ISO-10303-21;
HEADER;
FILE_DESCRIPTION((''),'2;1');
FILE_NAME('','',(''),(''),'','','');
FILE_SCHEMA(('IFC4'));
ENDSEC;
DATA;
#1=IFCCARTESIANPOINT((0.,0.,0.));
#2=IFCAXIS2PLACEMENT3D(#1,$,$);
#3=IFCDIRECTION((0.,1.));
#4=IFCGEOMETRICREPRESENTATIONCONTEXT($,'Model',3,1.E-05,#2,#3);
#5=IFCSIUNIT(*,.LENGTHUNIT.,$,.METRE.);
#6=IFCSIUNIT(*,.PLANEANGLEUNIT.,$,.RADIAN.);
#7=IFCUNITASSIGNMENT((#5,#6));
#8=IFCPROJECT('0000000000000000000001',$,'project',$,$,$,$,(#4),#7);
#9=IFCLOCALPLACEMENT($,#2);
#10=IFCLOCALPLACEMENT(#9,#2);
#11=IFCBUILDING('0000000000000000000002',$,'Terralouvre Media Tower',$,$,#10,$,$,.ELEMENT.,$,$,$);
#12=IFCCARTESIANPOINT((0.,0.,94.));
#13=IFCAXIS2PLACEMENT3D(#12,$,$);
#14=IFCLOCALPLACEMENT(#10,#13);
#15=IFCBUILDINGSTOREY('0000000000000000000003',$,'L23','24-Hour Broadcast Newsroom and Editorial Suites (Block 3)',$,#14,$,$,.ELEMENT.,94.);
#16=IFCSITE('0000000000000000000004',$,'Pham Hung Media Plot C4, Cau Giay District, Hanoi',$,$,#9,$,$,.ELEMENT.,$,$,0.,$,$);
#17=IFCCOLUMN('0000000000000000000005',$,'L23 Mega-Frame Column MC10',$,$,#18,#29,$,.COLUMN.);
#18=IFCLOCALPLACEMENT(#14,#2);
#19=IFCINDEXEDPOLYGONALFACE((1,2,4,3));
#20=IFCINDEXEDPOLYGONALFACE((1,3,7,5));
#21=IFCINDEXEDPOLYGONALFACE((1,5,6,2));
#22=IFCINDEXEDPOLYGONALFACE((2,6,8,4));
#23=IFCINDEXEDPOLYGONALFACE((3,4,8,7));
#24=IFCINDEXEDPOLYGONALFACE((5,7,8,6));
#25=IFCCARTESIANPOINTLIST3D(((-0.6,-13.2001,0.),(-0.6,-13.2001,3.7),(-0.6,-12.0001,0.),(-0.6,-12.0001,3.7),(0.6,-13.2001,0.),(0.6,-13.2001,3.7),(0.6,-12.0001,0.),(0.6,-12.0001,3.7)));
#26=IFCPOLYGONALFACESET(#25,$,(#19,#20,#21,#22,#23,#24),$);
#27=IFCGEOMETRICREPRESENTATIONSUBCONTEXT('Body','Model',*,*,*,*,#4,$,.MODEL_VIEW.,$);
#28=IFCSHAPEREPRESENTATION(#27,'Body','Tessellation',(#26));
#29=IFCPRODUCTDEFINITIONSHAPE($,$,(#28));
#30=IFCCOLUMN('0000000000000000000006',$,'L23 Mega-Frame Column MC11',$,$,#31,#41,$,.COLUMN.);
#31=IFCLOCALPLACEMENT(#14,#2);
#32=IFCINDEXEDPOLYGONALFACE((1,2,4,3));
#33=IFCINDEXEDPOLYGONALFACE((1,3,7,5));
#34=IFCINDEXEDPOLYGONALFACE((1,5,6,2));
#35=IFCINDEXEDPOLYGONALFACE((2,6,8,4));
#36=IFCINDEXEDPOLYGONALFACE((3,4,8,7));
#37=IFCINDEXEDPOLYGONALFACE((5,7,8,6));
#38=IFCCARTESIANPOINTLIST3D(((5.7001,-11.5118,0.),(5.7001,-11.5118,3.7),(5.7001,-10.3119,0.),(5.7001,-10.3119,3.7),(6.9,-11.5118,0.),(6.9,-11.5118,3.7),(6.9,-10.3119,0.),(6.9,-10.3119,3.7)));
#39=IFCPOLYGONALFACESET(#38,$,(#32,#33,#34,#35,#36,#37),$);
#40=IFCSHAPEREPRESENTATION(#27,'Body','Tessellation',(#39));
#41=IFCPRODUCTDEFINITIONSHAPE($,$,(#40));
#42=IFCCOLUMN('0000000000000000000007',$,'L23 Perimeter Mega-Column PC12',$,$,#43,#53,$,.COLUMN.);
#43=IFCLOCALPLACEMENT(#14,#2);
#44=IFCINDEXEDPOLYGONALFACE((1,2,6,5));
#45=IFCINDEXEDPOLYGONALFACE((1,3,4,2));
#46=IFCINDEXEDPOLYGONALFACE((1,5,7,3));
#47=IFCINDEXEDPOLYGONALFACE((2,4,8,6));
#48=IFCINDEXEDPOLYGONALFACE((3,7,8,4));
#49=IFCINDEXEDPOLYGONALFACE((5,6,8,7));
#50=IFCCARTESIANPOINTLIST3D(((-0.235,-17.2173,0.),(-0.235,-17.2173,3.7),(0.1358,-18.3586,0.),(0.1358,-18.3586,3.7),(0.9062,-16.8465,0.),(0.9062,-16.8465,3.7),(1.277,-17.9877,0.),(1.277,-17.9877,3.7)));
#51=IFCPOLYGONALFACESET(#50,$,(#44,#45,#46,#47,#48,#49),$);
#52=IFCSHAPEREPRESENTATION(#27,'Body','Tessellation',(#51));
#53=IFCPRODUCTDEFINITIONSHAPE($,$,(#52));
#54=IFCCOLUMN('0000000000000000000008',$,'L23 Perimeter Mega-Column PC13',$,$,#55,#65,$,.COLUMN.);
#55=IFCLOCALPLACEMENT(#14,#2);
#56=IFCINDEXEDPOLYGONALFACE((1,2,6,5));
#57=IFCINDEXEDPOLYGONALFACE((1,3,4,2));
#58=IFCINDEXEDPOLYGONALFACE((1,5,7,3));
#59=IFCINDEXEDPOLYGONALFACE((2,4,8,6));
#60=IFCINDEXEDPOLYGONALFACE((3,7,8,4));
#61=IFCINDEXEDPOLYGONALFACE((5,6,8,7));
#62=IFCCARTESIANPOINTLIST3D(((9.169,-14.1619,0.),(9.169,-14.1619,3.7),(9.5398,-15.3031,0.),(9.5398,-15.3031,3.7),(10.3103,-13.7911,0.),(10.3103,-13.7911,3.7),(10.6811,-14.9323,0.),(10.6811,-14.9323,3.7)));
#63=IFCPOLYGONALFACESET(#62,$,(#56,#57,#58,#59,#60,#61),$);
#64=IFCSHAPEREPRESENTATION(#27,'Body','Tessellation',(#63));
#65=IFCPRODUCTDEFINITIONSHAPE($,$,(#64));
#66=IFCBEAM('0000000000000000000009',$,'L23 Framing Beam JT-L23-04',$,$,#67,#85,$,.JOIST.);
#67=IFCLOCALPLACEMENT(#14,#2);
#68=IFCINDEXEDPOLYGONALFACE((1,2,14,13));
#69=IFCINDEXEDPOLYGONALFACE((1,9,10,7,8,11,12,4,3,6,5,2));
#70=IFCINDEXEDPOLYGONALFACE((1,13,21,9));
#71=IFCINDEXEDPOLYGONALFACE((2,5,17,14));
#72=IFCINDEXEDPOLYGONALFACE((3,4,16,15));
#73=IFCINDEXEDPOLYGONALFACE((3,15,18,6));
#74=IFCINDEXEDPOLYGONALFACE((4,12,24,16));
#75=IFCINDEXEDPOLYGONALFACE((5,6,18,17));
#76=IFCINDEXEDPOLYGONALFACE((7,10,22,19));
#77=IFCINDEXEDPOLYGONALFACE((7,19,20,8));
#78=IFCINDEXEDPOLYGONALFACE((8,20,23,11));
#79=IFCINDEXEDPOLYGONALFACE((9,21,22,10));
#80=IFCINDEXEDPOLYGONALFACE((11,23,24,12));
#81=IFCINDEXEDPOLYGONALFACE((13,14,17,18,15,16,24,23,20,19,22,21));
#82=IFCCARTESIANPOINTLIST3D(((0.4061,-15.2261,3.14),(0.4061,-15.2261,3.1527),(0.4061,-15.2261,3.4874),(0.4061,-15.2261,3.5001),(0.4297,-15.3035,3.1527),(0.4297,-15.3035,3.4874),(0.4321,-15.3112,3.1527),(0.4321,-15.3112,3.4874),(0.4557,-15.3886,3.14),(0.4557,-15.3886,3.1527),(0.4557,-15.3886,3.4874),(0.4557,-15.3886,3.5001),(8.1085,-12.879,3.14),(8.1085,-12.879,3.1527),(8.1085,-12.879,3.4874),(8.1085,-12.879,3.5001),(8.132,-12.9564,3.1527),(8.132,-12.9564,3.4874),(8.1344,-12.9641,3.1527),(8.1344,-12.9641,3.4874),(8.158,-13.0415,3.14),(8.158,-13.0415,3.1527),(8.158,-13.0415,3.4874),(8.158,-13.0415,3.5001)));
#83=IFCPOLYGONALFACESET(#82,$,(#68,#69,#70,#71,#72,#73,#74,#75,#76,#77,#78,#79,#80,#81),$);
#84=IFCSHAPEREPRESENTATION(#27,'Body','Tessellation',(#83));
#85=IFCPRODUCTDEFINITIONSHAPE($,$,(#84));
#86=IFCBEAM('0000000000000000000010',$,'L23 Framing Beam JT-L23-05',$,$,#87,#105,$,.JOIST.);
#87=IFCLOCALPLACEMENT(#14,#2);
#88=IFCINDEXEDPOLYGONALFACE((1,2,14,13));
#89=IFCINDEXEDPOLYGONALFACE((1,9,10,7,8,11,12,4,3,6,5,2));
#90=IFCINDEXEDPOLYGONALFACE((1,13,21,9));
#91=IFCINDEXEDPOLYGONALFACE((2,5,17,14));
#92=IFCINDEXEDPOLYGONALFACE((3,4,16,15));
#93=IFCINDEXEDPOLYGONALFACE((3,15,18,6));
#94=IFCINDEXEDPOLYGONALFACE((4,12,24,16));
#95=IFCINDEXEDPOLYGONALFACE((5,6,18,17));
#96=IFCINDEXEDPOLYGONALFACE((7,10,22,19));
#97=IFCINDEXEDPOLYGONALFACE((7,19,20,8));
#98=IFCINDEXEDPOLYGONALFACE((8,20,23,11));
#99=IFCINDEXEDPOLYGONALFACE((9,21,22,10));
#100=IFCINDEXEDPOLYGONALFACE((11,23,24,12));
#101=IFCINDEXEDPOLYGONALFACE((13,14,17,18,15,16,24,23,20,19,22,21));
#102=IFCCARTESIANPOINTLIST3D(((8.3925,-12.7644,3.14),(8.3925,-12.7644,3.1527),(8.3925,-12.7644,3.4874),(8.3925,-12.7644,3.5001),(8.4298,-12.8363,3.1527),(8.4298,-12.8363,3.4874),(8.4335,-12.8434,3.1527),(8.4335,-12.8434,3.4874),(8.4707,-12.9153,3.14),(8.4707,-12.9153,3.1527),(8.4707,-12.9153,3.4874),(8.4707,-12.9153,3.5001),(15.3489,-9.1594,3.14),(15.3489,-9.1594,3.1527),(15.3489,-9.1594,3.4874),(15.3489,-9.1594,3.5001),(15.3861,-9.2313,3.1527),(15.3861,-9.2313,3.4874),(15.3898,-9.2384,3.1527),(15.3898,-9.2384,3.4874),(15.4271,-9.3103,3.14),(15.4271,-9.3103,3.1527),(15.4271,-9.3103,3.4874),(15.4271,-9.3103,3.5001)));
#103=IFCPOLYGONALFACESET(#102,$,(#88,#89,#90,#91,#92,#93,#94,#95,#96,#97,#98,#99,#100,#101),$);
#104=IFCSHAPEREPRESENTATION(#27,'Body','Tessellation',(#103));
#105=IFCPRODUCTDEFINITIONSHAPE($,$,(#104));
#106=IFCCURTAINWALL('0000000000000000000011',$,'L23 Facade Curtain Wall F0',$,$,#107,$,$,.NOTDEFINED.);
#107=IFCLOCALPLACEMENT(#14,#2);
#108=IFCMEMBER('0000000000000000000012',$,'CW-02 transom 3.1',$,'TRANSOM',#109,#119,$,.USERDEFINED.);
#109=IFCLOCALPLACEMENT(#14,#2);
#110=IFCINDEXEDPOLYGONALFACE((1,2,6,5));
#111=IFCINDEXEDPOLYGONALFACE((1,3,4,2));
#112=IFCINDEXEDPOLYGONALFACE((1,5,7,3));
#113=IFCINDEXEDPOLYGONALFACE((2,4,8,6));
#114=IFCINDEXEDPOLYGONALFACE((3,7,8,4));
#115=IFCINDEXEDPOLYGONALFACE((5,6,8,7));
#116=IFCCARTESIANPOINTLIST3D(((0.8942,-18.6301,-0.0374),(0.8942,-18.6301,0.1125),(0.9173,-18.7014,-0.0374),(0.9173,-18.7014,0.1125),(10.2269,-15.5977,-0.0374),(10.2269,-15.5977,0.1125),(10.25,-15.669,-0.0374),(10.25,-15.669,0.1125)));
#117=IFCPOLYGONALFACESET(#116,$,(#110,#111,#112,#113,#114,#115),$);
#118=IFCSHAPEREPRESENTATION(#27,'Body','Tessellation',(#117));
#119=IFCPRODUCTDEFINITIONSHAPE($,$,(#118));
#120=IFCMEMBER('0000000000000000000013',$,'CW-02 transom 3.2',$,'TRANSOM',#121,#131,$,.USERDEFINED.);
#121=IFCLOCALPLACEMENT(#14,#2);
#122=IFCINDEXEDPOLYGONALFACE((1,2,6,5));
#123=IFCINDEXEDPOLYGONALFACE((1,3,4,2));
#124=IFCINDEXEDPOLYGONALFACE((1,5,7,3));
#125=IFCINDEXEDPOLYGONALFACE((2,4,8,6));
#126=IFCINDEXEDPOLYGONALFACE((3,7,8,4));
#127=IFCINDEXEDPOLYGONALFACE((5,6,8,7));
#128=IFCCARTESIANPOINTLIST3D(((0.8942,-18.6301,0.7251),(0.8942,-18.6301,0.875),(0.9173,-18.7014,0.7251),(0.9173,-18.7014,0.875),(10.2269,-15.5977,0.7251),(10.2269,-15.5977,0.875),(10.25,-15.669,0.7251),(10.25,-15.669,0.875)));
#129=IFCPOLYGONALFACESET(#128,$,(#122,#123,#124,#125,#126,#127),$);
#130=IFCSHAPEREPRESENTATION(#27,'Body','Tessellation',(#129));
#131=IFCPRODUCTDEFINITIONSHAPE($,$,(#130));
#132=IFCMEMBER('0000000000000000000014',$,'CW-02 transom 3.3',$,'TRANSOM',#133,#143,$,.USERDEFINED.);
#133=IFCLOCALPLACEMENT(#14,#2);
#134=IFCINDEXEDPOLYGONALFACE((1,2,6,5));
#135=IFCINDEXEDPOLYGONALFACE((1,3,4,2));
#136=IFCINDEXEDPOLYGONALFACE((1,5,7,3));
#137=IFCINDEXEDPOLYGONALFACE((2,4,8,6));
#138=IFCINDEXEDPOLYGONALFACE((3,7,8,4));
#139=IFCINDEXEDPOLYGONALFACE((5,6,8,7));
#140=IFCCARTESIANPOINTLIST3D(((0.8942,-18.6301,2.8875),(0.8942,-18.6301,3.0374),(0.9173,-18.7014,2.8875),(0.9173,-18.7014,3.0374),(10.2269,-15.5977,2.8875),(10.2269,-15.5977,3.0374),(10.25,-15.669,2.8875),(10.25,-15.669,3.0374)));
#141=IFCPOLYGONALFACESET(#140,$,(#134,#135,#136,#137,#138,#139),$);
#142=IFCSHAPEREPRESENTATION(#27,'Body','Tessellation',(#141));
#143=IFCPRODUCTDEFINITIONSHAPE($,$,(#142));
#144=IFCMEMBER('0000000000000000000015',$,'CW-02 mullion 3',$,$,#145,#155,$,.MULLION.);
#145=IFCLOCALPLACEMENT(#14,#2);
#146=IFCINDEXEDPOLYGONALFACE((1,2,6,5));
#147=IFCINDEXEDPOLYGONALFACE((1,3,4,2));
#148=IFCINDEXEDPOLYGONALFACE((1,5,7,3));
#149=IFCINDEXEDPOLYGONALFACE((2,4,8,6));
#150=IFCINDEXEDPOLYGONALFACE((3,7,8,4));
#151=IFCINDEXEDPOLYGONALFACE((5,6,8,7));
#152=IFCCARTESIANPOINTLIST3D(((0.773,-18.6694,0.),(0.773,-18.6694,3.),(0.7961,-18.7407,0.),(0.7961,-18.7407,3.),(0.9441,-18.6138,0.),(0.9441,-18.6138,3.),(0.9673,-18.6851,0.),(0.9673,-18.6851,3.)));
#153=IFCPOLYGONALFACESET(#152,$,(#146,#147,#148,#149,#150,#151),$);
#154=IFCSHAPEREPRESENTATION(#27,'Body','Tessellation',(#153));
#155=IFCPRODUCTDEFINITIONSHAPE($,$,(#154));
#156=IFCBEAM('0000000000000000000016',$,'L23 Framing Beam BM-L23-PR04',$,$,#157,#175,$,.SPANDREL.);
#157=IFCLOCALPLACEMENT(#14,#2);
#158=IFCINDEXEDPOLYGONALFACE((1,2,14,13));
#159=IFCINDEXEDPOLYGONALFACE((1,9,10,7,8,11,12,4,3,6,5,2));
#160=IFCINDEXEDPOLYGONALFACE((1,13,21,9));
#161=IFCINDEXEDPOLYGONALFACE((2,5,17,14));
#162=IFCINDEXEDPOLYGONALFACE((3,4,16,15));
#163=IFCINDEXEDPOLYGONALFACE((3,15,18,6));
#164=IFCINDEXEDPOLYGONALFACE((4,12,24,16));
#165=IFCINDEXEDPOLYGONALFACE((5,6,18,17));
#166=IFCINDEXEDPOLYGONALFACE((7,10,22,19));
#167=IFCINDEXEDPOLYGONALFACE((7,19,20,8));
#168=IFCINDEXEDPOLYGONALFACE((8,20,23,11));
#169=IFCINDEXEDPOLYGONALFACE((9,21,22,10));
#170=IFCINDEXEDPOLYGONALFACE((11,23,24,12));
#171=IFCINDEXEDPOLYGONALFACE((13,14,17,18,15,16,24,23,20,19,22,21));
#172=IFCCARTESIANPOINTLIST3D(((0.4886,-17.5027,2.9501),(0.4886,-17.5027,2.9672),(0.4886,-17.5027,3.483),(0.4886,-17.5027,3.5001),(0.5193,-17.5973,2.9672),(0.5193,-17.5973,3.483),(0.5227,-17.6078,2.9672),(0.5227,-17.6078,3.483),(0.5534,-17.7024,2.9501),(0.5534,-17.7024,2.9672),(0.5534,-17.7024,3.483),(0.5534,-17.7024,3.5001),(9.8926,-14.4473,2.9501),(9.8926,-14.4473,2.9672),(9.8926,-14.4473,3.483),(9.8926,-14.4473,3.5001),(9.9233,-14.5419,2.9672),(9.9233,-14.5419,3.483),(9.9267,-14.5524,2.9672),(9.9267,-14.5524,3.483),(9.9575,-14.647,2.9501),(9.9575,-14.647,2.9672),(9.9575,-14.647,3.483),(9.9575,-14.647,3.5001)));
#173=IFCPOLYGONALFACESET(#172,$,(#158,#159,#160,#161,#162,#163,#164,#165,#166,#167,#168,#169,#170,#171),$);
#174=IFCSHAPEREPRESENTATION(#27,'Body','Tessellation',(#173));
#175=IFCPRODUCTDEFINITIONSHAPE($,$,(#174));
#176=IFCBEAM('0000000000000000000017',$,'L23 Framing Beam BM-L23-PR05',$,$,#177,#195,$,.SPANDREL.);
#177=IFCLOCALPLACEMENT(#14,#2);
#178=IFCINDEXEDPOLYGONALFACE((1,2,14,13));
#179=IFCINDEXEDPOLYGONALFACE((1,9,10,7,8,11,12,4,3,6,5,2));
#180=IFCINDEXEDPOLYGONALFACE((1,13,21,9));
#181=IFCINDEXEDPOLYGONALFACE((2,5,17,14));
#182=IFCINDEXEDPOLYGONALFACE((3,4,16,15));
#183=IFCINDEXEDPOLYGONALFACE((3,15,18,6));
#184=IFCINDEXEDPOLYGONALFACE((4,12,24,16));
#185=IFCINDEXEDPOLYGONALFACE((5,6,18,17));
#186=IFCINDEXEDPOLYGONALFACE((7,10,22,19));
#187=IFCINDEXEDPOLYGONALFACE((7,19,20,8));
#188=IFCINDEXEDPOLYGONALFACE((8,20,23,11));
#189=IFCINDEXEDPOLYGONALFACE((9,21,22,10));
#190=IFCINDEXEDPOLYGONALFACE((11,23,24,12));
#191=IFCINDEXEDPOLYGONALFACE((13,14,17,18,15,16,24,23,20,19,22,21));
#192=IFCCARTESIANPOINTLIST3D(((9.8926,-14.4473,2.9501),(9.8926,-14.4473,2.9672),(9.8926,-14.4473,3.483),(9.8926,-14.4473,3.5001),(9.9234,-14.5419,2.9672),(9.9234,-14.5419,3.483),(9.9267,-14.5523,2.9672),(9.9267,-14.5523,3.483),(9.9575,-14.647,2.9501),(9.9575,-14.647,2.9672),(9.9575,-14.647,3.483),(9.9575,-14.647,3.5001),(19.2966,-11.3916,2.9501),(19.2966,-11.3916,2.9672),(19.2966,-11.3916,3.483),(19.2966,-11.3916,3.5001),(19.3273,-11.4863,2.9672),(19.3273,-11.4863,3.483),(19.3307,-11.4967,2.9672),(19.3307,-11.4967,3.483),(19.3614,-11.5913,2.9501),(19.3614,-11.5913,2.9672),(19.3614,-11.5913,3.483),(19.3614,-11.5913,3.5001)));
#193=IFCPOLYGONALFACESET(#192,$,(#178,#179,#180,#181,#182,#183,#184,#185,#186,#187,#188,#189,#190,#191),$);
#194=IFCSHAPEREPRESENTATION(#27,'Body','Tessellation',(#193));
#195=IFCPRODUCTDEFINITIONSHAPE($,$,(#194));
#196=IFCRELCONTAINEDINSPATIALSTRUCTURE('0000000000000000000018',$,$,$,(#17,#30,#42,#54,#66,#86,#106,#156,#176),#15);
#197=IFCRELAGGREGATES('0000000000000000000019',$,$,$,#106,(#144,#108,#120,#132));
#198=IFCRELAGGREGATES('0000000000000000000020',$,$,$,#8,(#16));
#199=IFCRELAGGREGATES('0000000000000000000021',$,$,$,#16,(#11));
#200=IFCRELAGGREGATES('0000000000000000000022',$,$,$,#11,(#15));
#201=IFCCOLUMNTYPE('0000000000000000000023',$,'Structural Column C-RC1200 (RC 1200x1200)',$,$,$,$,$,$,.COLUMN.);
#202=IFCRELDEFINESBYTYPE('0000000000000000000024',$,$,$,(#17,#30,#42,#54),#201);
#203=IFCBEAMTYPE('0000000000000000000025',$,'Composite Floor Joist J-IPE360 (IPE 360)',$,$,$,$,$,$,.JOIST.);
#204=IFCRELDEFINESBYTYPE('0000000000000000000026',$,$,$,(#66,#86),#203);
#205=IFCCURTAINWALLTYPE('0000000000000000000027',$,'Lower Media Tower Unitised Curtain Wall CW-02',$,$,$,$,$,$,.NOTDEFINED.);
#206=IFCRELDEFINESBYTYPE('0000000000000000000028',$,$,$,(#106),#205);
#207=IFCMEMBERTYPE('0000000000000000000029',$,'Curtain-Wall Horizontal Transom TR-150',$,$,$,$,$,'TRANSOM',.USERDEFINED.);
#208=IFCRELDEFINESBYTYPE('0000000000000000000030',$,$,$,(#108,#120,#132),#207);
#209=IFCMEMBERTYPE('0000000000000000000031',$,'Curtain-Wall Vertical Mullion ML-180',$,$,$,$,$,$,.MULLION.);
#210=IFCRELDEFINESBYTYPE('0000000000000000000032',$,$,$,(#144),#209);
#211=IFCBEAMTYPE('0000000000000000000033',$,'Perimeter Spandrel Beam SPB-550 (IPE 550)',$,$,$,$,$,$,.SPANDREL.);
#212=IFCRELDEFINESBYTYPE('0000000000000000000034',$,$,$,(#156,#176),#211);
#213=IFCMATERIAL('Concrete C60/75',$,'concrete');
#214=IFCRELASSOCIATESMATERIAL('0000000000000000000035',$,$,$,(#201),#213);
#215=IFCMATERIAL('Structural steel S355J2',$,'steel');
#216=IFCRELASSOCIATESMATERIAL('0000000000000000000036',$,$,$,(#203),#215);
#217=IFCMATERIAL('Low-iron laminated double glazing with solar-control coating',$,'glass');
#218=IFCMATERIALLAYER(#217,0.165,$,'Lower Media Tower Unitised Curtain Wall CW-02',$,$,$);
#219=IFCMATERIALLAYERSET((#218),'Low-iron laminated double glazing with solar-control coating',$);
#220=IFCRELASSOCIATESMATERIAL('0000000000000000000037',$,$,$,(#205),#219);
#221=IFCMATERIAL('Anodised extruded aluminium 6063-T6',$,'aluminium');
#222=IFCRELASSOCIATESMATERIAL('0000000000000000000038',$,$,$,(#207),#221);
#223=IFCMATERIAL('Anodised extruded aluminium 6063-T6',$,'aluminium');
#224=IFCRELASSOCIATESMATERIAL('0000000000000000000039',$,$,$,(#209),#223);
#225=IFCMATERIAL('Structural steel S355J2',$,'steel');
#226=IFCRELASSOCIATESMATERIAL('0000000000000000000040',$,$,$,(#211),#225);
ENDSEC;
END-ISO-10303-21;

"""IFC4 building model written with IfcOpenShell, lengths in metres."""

from ifc_helpers import new_model, si_unit, direction, frame, origin, origin_2d, place, context, subcontext, project, spatial, rectangle, i_section, extrude, material, layer, layer_set, material_profile, profile_set, type_object, element, aggregate, save


model = new_model("IFC4")

# Units and contexts
model_context = context("Model", 3, precision=1e-05, world=origin(), true_north=direction((0.0, 1.0)))
body_context = subcontext(model_context, "Body", "Model", "MODEL_VIEW")
ifc_project = project(units=[si_unit("LENGTHUNIT", "METRE"), si_unit("PLANEANGLEUNIT", "RADIAN")], contexts=[model_context])

# Site, building, storey
site_placement = place(None, origin())
site = spatial("IfcSite", under=ifc_project, at=site_placement, Name="Pham Hung Media Plot C4, Cau Giay District, Hanoi", CompositionType="ELEMENT", RefElevation=0.0)
building_placement = place(site_placement, origin())
building = spatial("IfcBuilding", under=site, at=building_placement, Name="Terralouvre Media Tower", CompositionType="ELEMENT")
storey_placement = place(building_placement, frame((0.0, 0.0, 94.0)))
storey = spatial("IfcBuildingStorey", under=building, at=storey_placement, Name="L23", Description="24-Hour Broadcast Newsroom and Editorial Suites (Block 3)", CompositionType="ELEMENT", Elevation=94.0)

# Columns
ifc_material_1 = material(Name="Concrete C60/75", Category="concrete")
ifc_material_profile_1 = material_profile(ifc_material_1, rectangle(XDim=1.2, YDim=1.2, at=origin_2d()), Name="RC 1200x1200")
ifc_profile_set_1 = profile_set([ifc_material_profile_1], Name="Concrete C60/75")
column_type = type_object("IfcColumnType", Name="Structural Column C-RC1200 (RC 1200x1200)", PredefinedType="COLUMN", material=ifc_profile_set_1)
for number, where, z_axis, x_axis, name in (
    (1, (0.0, -12.6001, 0.0), (0.0, 0.0, 1.0), (1.0, 0.0, 0.0), "L23 Mega-Frame Column MC10"),
    (2, (6.3, -10.9119, 0.0), (0.0, 0.0, 1.0), (1.0, 0.0, 0.0), "L23 Mega-Frame Column MC11"),
    (3, (0.521, -17.6025, 0.0), (0.0, 0.0, 1.0), (0.951057, 0.309017, 0.0), "L23 Perimeter Mega-Column PC12"),
    (4, (9.925, -14.5471, 0.0), (0.0, 0.0, 1.0), (0.951057, 0.309017, 0.0), "L23 Perimeter Mega-Column PC13"),
):
    element("IfcColumn", number, at=place(storey_placement, frame(where, z_axis=z_axis, x_axis=x_axis)), inside=storey, type_object=column_type, Name=name, PredefinedType="COLUMN", context=body_context, shape_type="SweptSolid", body=[
        extrude(rectangle(XDim=1.2, YDim=1.2, at=origin_2d()), origin(), (0.0, 0.0, 1.0), 3.7),
    ])

# Beams
ifc_material_2 = material(Name="Structural steel S355J2", Category="steel")
ifc_material_profile_2 = material_profile(ifc_material_2, i_section(OverallWidth=0.1699, OverallDepth=0.3601, WebThickness=0.0081, FlangeThickness=0.0127, at=origin_2d()), Name="IPE 360")
ifc_profile_set_2 = profile_set([ifc_material_profile_2], Name="Structural steel S355J2")
beam_type_1 = type_object("IfcBeamType", Name="Composite Floor Joist J-IPE360 (IPE 360)", PredefinedType="JOIST", material=ifc_profile_set_2)
beam_1_placement = place(storey_placement, frame((0.4309, -15.3074, 3.3201), z_axis=(0.956571, 0.291498, 0.0), x_axis=(-0.291498, 0.956571, 0.0)))
element("IfcBeam", 5, at=beam_1_placement, inside=storey, type_object=beam_type_1, Name="L23 Framing Beam JT-L23-04", PredefinedType="JOIST", context=body_context, shape_type="SweptSolid", body=[
    extrude(i_section(OverallWidth=0.1699, OverallDepth=0.3601, WebThickness=0.0081, FlangeThickness=0.0127, at=origin_2d()), origin(), (0.0, 0.0, 1.0), 8.052),
])
beam_2_placement = place(storey_placement, frame((8.4316, -12.8398, 3.3201), z_axis=(0.887858, 0.460117, 0.0), x_axis=(-0.460117, 0.887858, 0.0)))
element("IfcBeam", 6, at=beam_2_placement, inside=storey, type_object=beam_type_1, Name="L23 Framing Beam JT-L23-05", PredefinedType="JOIST", context=body_context, shape_type="SweptSolid", body=[
    extrude(i_section(OverallWidth=0.1699, OverallDepth=0.3601, WebThickness=0.0081, FlangeThickness=0.0127, at=origin_2d()), origin(), (0.0, 0.0, 1.0), 7.835),
])

# Curtain wall, members
ifc_material_3 = material(Name="Low-iron laminated double glazing with solar-control coating", Category="glass")
ifc_layer_1 = layer(ifc_material_3, 0.165, Name="Lower Media Tower Unitised Curtain Wall CW-02")
ifc_layer_set_1 = layer_set([ifc_layer_1], Name="Low-iron laminated double glazing with solar-control coating")
curtain_wall_type = type_object("IfcCurtainWallType", Name="Lower Media Tower Unitised Curtain Wall CW-02", PredefinedType="NOTDEFINED", material=ifc_layer_set_1)
curtain_wall_placement = place(storey_placement, origin())
curtain_wall = element("IfcCurtainWall", 7, at=curtain_wall_placement, inside=storey, type_object=curtain_wall_type, Name="L23 Facade Curtain Wall F0", PredefinedType="NOTDEFINED")
ifc_material_4 = material(Name="Anodised extruded aluminium 6063-T6", Category="aluminium")
ifc_material_profile_3 = material_profile(ifc_material_4, rectangle(XDim=0.075, YDim=0.1499, at=origin_2d()), Name="ALU 75x150")
ifc_profile_set_3 = profile_set([ifc_material_profile_3], Name="Anodised extruded aluminium 6063-T6")
member_type_1 = type_object("IfcMemberType", Name="Curtain-Wall Horizontal Transom TR-150", ElementType="TRANSOM", PredefinedType="USERDEFINED", material=ifc_profile_set_3)
member_1_placement = place(storey_placement, frame((0.9058, -18.6658, 0.0376), z_axis=(0.951054, 0.309024, 0.0), x_axis=(-0.309024, 0.951054, 0.0)))
member_1 = element("IfcMember", 8, at=member_1_placement, type_object=member_type_1, Name="CW-02 transom 3.1", ObjectType="TRANSOM", PredefinedType="USERDEFINED", context=body_context, shape_type="SweptSolid", body=[
    extrude(rectangle(XDim=0.075, YDim=0.1499, at=origin_2d()), origin(), (0.0, 0.0, 1.0), 9.813),
])
member_2_placement = place(storey_placement, frame((0.9058, -18.6658, 0.8), z_axis=(0.951054, 0.309024, 0.0), x_axis=(-0.309024, 0.951054, 0.0)))
member_2 = element("IfcMember", 9, at=member_2_placement, type_object=member_type_1, Name="CW-02 transom 3.2", ObjectType="TRANSOM", PredefinedType="USERDEFINED", context=body_context, shape_type="SweptSolid", body=[
    extrude(rectangle(XDim=0.075, YDim=0.1499, at=origin_2d()), origin(), (0.0, 0.0, 1.0), 9.813),
])
member_3_placement = place(storey_placement, frame((0.9058, -18.6658, 2.9624), z_axis=(0.951054, 0.309024, 0.0), x_axis=(-0.309024, 0.951054, 0.0)))
member_3 = element("IfcMember", 10, at=member_3_placement, type_object=member_type_1, Name="CW-02 transom 3.3", ObjectType="TRANSOM", PredefinedType="USERDEFINED", context=body_context, shape_type="SweptSolid", body=[
    extrude(rectangle(XDim=0.075, YDim=0.1499, at=origin_2d()), origin(), (0.0, 0.0, 1.0), 9.813),
])
ifc_material_5 = material(Name="Anodised extruded aluminium 6063-T6", Category="aluminium")
ifc_material_profile_4 = material_profile(ifc_material_5, rectangle(XDim=0.075, YDim=0.1799, at=origin_2d()), Name="ALU 75x180")
ifc_profile_set_4 = profile_set([ifc_material_profile_4], Name="Anodised extruded aluminium 6063-T6")
member_type_2 = type_object("IfcMemberType", Name="Curtain-Wall Vertical Mullion ML-180", PredefinedType="MULLION", material=ifc_profile_set_4)
member_4_placement = place(storey_placement, frame((0.8701, -18.6772, 0.0), z_axis=(0.0, 0.0, 1.0), x_axis=(-0.309017, 0.951057, 0.0)))
member_4 = element("IfcMember", 11, at=member_4_placement, type_object=member_type_2, Name="CW-02 mullion 3", PredefinedType="MULLION", context=body_context, shape_type="SweptSolid", body=[
    extrude(rectangle(XDim=0.075, YDim=0.1799, at=origin_2d()), origin(), (0.0, 0.0, 1.0), 3.0),
])

# Beams
ifc_material_6 = material(Name="Structural steel S355J2", Category="steel")
ifc_material_profile_5 = material_profile(ifc_material_6, i_section(OverallWidth=0.21, OverallDepth=0.55, WebThickness=0.011, FlangeThickness=0.0171, at=origin_2d()), Name="IPE 550")
ifc_profile_set_5 = profile_set([ifc_material_profile_5], Name="Structural steel S355J2")
beam_type_2 = type_object("IfcBeamType", Name="Perimeter Spandrel Beam SPB-550 (IPE 550)", PredefinedType="SPANDREL", material=ifc_profile_set_5)
for number, where, z_axis, x_axis, name in (
    (12, (0.521, -17.6025, 3.2251), (0.951061, 0.309004, 0.0), (-0.309004, 0.951061, 0.0), "L23 Framing Beam BM-L23-PR04"),
    (13, (9.925, -14.5471, 3.2251), (0.951053, 0.309026, 0.0), (-0.309026, 0.951053, 0.0), "L23 Framing Beam BM-L23-PR05"),
):
    element("IfcBeam", number, at=place(storey_placement, frame(where, z_axis=z_axis, x_axis=x_axis)), inside=storey, type_object=beam_type_2, Name=name, PredefinedType="SPANDREL", context=body_context, shape_type="SweptSolid", body=[
        extrude(i_section(OverallWidth=0.21, OverallDepth=0.55, WebThickness=0.011, FlangeThickness=0.0171, at=origin_2d()), origin(), (0.0, 0.0, 1.0), 9.8879),
    ])

aggregate(curtain_wall, [member_4, member_1, member_2, member_3])

save(model, "model.ifc")
